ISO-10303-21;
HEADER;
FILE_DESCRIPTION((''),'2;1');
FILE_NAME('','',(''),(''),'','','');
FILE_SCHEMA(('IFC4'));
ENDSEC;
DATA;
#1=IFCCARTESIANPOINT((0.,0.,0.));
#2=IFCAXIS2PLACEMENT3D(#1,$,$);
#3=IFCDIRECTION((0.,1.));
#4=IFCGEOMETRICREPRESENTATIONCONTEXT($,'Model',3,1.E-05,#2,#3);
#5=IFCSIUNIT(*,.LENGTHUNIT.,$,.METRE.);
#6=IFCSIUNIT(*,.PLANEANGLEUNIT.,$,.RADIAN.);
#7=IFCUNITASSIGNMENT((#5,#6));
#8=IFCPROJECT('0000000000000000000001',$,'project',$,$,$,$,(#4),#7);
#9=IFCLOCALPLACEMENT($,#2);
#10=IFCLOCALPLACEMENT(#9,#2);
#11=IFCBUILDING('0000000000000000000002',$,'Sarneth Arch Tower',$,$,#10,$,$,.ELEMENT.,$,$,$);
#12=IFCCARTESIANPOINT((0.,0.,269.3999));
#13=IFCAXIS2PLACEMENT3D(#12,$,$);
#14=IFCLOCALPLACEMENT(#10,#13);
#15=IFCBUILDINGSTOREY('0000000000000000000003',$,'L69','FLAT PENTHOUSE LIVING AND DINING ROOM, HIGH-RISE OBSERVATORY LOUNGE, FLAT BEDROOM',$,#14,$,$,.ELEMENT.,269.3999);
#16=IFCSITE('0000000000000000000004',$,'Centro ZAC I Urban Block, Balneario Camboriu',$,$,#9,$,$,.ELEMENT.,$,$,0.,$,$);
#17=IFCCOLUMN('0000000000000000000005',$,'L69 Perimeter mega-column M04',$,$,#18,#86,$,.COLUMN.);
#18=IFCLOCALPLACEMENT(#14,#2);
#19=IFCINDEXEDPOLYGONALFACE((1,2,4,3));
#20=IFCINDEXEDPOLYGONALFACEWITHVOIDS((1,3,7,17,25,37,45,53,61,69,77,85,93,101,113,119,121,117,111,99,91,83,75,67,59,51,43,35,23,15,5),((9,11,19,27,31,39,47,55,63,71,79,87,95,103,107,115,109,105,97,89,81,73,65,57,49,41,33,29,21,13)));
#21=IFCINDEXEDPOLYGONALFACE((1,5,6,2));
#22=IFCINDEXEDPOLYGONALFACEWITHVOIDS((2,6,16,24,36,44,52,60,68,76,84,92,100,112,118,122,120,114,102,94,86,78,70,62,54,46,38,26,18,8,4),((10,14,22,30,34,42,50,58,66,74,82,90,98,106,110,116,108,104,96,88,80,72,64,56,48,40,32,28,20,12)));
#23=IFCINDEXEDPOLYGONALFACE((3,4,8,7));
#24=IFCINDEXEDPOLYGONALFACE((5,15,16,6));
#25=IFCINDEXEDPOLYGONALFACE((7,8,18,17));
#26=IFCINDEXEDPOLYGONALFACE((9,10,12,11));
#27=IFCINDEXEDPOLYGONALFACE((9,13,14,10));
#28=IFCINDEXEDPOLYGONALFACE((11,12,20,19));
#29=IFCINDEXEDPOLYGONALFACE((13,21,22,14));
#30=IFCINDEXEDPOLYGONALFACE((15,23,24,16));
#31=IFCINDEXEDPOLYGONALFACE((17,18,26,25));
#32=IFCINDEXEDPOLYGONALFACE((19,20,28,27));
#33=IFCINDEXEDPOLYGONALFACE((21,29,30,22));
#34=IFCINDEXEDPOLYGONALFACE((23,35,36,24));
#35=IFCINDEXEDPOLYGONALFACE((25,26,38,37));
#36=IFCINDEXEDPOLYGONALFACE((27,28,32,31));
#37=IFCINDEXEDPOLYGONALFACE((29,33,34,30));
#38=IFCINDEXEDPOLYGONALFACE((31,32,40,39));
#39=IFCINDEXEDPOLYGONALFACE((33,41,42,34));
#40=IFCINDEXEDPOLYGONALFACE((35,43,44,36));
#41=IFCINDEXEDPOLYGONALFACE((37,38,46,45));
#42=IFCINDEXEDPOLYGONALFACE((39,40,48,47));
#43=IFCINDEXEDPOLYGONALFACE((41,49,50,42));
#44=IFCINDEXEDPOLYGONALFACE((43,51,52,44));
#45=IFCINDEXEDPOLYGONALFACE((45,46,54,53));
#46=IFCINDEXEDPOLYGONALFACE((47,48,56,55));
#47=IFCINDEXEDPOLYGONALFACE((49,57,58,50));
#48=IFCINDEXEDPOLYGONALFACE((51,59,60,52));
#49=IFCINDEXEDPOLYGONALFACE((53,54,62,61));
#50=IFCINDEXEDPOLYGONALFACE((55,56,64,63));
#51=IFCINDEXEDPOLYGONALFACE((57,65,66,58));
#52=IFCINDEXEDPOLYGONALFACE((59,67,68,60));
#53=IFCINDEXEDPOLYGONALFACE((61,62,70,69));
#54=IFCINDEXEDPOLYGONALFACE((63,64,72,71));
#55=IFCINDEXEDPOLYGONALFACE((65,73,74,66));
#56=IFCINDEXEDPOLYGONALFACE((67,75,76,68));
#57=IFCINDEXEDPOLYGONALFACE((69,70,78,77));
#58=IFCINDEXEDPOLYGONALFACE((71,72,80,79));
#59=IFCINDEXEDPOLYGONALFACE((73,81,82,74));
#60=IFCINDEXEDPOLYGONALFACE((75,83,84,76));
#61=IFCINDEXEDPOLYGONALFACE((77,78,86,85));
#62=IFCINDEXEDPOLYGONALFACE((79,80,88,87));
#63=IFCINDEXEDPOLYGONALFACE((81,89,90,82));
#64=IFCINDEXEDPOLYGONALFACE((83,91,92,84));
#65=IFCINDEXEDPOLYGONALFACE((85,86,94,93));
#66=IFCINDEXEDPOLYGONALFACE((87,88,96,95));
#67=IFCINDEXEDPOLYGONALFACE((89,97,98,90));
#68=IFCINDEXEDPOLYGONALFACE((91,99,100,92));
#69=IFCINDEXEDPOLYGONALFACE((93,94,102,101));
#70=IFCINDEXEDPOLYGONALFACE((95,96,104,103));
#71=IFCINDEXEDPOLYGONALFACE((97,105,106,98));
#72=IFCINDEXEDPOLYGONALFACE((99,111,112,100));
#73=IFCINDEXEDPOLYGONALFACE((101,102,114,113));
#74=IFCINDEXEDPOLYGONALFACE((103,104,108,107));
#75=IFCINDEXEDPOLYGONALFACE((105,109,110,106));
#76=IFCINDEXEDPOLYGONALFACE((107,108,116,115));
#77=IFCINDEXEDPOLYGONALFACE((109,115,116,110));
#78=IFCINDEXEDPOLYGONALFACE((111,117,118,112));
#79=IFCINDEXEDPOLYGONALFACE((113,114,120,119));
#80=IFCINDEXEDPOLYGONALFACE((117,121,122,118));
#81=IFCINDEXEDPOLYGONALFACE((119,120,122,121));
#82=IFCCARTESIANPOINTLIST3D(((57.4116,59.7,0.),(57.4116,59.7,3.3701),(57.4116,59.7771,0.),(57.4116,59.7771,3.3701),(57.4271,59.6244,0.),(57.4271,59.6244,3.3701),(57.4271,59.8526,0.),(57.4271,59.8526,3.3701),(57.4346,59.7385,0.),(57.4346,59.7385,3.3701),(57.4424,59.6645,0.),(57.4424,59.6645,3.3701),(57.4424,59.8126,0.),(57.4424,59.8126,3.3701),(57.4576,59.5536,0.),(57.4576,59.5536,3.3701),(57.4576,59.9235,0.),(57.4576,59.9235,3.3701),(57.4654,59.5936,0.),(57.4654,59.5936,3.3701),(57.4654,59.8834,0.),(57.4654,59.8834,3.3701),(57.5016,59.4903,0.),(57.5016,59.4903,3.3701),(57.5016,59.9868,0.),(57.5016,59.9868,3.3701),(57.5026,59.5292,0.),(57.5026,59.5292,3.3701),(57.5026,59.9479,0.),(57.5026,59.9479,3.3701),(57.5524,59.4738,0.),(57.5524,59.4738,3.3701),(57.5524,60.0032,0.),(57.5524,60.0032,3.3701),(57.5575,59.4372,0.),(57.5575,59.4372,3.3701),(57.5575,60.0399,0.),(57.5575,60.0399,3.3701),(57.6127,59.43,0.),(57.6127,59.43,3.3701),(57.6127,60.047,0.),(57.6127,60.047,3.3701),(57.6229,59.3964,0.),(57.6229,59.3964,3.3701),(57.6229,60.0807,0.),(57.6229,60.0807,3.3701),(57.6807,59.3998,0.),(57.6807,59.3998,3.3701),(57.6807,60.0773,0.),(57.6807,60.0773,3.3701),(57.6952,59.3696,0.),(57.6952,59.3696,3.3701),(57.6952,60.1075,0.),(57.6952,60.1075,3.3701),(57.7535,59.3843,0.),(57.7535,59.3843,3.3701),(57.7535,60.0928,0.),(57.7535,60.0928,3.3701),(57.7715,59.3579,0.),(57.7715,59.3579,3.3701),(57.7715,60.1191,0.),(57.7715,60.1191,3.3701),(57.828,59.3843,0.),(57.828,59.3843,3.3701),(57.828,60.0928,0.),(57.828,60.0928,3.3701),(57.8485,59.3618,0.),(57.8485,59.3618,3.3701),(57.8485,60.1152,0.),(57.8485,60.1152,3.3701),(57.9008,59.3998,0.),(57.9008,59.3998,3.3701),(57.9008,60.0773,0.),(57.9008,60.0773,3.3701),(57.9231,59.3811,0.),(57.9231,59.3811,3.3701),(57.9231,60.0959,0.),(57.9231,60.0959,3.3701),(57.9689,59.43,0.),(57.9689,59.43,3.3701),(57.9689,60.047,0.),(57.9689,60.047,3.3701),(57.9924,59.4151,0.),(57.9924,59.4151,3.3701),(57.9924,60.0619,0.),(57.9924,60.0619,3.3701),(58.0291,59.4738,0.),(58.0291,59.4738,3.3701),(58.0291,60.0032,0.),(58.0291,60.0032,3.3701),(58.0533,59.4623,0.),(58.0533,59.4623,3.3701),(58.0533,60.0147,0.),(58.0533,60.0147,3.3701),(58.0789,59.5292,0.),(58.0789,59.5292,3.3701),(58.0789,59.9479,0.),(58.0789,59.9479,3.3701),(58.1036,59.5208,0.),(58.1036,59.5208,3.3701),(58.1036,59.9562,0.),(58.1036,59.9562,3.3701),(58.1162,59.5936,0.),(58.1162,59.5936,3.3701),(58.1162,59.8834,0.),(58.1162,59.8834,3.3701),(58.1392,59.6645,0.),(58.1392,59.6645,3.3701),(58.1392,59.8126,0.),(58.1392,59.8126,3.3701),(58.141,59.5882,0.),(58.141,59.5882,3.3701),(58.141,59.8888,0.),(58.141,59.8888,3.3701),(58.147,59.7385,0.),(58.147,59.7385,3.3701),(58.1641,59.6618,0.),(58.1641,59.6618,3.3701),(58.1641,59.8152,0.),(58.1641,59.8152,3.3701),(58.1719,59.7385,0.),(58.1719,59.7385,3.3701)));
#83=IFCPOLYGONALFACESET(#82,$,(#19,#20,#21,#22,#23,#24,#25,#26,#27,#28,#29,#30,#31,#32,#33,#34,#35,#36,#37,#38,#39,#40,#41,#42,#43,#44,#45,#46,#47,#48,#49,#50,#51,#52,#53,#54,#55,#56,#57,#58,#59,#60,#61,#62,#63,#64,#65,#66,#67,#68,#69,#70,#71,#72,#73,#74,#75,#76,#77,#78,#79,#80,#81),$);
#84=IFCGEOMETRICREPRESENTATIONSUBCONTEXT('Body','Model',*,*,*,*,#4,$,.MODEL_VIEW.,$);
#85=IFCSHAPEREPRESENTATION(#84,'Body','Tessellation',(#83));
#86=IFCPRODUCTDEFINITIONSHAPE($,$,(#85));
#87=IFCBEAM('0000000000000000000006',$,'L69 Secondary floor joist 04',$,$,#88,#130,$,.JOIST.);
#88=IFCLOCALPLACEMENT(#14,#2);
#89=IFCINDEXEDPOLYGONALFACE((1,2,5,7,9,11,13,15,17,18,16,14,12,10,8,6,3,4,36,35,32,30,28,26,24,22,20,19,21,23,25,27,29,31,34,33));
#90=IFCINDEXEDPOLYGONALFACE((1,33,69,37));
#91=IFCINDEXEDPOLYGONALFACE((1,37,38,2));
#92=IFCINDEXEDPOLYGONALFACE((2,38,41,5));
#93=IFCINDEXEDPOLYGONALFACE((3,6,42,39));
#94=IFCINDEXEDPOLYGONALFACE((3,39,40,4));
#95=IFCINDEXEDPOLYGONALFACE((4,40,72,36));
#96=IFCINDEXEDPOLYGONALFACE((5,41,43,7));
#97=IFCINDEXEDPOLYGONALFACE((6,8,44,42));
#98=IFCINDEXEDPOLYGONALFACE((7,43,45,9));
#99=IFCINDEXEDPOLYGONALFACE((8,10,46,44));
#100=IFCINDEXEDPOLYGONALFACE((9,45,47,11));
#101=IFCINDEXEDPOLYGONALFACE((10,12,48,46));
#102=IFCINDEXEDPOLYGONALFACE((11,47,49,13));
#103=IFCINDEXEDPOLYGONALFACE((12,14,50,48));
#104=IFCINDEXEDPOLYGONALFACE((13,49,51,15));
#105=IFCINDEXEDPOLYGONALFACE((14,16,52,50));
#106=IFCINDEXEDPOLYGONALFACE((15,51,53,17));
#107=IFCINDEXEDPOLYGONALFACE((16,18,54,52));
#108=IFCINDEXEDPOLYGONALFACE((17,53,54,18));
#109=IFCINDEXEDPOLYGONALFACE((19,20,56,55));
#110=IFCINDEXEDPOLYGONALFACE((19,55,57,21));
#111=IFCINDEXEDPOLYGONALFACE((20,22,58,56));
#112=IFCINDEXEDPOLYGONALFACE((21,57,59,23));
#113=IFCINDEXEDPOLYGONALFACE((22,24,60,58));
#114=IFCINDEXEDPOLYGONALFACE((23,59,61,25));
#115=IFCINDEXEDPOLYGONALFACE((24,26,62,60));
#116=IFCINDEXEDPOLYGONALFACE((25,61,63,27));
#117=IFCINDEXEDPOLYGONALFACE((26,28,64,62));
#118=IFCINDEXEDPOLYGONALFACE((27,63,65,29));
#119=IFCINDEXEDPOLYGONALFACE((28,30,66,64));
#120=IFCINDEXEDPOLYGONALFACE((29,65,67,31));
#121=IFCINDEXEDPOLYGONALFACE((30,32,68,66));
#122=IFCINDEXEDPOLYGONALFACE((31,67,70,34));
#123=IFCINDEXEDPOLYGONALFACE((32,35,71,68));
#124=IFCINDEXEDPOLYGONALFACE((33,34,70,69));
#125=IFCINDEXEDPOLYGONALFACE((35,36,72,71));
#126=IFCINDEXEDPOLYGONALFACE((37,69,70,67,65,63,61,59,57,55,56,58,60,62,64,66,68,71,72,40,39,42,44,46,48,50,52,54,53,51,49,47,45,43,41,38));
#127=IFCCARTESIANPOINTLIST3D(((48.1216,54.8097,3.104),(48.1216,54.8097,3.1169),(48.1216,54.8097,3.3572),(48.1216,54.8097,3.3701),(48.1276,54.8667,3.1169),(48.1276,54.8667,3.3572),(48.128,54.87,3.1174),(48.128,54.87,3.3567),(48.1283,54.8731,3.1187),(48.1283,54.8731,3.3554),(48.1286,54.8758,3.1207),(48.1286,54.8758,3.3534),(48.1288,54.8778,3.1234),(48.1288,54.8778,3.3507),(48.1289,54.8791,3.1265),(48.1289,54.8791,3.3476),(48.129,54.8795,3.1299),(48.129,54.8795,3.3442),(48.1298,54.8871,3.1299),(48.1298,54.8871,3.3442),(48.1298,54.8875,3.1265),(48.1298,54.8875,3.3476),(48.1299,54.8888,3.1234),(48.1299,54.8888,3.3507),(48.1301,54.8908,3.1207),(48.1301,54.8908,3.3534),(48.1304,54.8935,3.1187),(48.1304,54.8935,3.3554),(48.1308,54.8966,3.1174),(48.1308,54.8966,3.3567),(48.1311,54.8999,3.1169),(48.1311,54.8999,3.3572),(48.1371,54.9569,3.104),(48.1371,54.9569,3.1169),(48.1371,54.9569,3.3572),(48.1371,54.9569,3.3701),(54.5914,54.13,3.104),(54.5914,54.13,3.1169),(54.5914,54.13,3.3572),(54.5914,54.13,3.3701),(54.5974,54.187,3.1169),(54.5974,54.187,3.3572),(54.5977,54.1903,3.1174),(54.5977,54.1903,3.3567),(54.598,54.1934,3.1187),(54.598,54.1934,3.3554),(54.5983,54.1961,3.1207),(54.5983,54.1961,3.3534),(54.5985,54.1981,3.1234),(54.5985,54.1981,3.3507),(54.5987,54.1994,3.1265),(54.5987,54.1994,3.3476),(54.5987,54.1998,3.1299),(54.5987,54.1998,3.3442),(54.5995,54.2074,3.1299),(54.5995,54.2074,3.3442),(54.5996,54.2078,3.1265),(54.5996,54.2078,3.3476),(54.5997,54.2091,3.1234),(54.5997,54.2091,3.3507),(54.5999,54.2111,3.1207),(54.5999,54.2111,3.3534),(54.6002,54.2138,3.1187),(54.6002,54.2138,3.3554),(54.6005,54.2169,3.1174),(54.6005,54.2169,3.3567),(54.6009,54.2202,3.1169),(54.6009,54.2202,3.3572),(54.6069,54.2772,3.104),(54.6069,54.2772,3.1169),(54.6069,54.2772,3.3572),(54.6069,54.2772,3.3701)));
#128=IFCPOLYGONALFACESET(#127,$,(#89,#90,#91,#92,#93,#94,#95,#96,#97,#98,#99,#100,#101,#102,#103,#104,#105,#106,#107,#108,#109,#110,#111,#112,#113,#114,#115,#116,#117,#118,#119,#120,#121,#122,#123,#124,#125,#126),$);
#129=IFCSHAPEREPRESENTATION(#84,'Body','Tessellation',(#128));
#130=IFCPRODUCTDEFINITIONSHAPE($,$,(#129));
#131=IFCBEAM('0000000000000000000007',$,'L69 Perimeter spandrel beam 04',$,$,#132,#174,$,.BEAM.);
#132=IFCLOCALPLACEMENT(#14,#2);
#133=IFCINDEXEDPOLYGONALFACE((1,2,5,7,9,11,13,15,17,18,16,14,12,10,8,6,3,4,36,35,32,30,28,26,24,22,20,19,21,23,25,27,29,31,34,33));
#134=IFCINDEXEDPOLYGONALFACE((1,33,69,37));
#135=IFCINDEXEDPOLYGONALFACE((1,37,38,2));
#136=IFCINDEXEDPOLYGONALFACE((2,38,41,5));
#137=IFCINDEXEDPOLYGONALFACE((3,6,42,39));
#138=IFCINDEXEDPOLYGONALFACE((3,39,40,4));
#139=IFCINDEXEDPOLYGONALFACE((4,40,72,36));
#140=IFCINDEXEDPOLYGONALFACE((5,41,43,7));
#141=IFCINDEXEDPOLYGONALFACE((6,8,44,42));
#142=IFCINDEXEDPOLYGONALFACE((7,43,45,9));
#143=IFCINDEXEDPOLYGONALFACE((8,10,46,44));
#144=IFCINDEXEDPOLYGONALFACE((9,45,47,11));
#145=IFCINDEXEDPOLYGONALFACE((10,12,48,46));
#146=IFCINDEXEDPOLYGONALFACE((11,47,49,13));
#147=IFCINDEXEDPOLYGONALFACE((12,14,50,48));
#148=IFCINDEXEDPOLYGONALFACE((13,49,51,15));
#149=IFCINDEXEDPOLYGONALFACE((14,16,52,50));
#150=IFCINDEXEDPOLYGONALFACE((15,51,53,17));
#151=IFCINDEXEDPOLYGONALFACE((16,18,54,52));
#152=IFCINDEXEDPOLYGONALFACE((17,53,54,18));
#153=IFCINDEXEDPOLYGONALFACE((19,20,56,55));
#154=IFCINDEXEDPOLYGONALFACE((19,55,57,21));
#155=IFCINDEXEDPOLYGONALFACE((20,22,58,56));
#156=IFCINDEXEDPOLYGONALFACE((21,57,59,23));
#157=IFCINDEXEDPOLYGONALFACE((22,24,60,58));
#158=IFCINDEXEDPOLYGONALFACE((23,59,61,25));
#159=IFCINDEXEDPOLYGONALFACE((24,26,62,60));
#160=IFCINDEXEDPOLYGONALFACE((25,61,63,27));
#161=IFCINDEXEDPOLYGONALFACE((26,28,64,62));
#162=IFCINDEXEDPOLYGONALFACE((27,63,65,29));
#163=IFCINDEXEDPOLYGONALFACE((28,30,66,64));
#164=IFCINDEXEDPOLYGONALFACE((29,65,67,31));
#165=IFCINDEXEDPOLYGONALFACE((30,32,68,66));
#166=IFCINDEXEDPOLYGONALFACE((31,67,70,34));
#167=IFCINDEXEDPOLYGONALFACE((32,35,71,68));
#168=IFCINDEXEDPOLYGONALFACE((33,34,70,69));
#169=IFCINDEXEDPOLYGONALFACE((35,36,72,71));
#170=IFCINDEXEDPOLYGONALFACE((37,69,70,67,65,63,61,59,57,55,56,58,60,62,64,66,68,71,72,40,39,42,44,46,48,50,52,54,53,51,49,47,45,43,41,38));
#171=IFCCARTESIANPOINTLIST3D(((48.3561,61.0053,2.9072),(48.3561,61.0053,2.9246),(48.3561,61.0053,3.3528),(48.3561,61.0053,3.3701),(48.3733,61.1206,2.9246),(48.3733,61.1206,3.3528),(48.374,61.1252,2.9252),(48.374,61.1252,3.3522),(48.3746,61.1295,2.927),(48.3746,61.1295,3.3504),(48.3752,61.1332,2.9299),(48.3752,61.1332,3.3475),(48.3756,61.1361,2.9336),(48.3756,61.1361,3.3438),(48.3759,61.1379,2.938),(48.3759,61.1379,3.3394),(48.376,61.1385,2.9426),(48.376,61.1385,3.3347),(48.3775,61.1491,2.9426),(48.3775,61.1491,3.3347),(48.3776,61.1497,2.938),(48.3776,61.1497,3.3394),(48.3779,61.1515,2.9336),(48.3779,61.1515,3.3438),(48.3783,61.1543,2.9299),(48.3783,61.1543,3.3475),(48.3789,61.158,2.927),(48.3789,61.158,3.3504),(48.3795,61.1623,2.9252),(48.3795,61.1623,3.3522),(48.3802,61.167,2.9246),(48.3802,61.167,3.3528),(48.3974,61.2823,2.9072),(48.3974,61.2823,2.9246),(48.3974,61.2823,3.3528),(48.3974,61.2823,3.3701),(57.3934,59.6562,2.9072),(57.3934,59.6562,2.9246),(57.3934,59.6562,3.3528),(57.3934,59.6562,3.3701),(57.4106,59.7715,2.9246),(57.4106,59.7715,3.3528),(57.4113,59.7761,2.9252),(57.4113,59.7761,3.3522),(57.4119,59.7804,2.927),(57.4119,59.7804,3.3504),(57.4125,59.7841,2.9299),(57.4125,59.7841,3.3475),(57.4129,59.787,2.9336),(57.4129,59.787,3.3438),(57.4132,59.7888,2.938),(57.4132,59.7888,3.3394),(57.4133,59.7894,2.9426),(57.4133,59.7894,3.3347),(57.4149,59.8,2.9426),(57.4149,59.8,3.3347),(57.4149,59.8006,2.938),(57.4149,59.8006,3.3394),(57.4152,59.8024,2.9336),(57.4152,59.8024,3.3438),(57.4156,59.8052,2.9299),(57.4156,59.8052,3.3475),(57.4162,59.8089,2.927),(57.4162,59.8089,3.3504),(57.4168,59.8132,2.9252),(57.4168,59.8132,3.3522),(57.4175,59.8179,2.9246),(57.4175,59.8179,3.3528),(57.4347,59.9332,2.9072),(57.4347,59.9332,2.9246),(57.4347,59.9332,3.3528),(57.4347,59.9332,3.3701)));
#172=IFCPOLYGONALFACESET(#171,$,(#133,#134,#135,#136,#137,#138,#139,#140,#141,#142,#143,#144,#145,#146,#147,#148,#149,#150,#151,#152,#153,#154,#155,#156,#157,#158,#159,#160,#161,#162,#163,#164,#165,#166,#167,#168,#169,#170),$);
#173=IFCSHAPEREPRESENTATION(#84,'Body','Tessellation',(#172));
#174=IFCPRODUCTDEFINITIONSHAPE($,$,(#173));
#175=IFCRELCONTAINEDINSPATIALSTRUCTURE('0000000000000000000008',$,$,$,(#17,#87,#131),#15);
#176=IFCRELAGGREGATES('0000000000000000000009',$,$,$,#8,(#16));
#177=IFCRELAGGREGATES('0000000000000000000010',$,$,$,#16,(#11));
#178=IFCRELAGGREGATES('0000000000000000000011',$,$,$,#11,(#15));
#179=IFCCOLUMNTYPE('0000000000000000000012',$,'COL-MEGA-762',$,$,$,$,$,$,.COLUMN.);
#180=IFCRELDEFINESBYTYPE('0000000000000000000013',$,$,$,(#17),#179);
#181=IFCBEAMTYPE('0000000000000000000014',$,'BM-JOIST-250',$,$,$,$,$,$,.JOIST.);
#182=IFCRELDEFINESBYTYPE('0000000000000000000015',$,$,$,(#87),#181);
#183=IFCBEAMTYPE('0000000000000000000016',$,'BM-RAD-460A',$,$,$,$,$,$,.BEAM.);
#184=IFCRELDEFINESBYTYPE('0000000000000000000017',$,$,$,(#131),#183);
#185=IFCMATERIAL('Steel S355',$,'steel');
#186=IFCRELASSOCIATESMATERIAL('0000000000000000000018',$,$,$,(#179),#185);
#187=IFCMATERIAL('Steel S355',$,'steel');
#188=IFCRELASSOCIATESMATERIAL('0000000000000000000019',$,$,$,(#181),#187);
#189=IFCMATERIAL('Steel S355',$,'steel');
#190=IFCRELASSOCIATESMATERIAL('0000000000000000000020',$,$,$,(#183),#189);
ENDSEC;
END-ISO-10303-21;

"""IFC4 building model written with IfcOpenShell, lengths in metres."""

from ifc_helpers import new_model, si_unit, direction, frame, origin, origin_2d, place, context, subcontext, project, spatial, hollow_circle, i_section, extrude, material, material_profile, profile_set, type_object, element, save


model = new_model("IFC4")

# Units and contexts
model_context = context("Model", 3, precision=1e-05, world=origin(), true_north=direction((0.0, 1.0)))
body_context = subcontext(model_context, "Body", "Model", "MODEL_VIEW")
ifc_project = project(units=[si_unit("LENGTHUNIT", "METRE"), si_unit("PLANEANGLEUNIT", "RADIAN")], contexts=[model_context])

# Site, building, storey
site_placement = place(None, origin())
site = spatial("IfcSite", under=ifc_project, at=site_placement, Name="Centro ZAC I Urban Block, Balneario Camboriu", CompositionType="ELEMENT", RefElevation=0.0)
building_placement = place(site_placement, origin())
building = spatial("IfcBuilding", under=site, at=building_placement, Name="Sarneth Arch Tower", CompositionType="ELEMENT")
storey_placement = place(building_placement, frame((0.0, 0.0, 269.3999)))
storey = spatial("IfcBuildingStorey", under=building, at=storey_placement, Name="L69", Description="FLAT PENTHOUSE LIVING AND DINING ROOM, HIGH-RISE OBSERVATORY LOUNGE, FLAT BEDROOM", CompositionType="ELEMENT", Elevation=269.3999)

# Column
ifc_material_1 = material(Name="Steel S355", Category="steel")
ifc_material_profile_1 = material_profile(ifc_material_1, hollow_circle(Radius=0.3811, WallThickness=0.0249, at=origin_2d()), Name="CHS762x25")
ifc_profile_set_1 = profile_set([ifc_material_profile_1], Name="Steel S355")
column_type = type_object("IfcColumnType", Name="COL-MEGA-762", PredefinedType="COLUMN", material=ifc_profile_set_1)
column_placement = place(storey_placement, frame((57.7908, 59.7385, 0.0), z_axis=(0.0, 0.0, 1.0), x_axis=(1.0, 0.0, 0.0)))
element("IfcColumn", 1, at=column_placement, inside=storey, type_object=column_type, Name="L69 Perimeter mega-column M04", PredefinedType="COLUMN", context=body_context, shape_type="SweptSolid", body=[
    extrude(hollow_circle(Radius=0.3811, WallThickness=0.0249, at=origin_2d()), origin(), (0.0, 0.0, 1.0), 3.3701),
])

# Beams
ifc_material_2 = material(Name="Steel S355", Category="steel")
ifc_material_profile_2 = material_profile(ifc_material_2, i_section(OverallWidth=0.1479, OverallDepth=0.2661, WebThickness=0.0076, FlangeThickness=0.0129, FilletRadius=0.0129, at=origin_2d()), Name="W250x44.8")
ifc_profile_set_2 = profile_set([ifc_material_profile_2], Name="Steel S355")
beam_type_1 = type_object("IfcBeamType", Name="BM-JOIST-250", PredefinedType="JOIST", material=ifc_profile_set_2)
beam_1_placement = place(storey_placement, frame((54.5991, 54.2036, 3.2371), z_axis=(-0.994527, 0.104482, 0.0), x_axis=(-0.104482, -0.994527, 0.0)))
element("IfcBeam", 2, at=beam_1_placement, inside=storey, type_object=beam_type_1, Name="L69 Secondary floor joist 04", PredefinedType="JOIST", context=body_context, shape_type="SweptSolid", body=[
    extrude(i_section(OverallWidth=0.1479, OverallDepth=0.2661, WebThickness=0.0076, FlangeThickness=0.0129, FilletRadius=0.0129, at=origin_2d()), origin(), (0.0, 0.0, 1.0), 6.5054),
])
ifc_material_3 = material(Name="Steel S355", Category="steel")
ifc_material_profile_3 = material_profile(ifc_material_3, i_section(OverallWidth=0.28, OverallDepth=0.4629, WebThickness=0.0107, FlangeThickness=0.0173, FilletRadius=0.0181, at=origin_2d()), Name="W460x113")
ifc_profile_set_3 = profile_set([ifc_material_profile_3], Name="Steel S355")
beam_type_2 = type_object("IfcBeamType", Name="BM-RAD-460A", PredefinedType="BEAM", material=ifc_profile_set_3)
beam_2_placement = place(storey_placement, frame((57.4141, 59.7947, 3.1387), z_axis=(-0.98904, 0.147647, 0.0), x_axis=(-0.147647, -0.98904, 0.0)))
element("IfcBeam", 3, at=beam_2_placement, inside=storey, type_object=beam_type_2, Name="L69 Perimeter spandrel beam 04", PredefinedType="BEAM", context=body_context, shape_type="SweptSolid", body=[
    extrude(i_section(OverallWidth=0.28, OverallDepth=0.4629, WebThickness=0.0107, FlangeThickness=0.0173, FilletRadius=0.0181, at=origin_2d()), origin(), (0.0, 0.0, 1.0), 9.1375),
])

save(model, "model.ifc")
